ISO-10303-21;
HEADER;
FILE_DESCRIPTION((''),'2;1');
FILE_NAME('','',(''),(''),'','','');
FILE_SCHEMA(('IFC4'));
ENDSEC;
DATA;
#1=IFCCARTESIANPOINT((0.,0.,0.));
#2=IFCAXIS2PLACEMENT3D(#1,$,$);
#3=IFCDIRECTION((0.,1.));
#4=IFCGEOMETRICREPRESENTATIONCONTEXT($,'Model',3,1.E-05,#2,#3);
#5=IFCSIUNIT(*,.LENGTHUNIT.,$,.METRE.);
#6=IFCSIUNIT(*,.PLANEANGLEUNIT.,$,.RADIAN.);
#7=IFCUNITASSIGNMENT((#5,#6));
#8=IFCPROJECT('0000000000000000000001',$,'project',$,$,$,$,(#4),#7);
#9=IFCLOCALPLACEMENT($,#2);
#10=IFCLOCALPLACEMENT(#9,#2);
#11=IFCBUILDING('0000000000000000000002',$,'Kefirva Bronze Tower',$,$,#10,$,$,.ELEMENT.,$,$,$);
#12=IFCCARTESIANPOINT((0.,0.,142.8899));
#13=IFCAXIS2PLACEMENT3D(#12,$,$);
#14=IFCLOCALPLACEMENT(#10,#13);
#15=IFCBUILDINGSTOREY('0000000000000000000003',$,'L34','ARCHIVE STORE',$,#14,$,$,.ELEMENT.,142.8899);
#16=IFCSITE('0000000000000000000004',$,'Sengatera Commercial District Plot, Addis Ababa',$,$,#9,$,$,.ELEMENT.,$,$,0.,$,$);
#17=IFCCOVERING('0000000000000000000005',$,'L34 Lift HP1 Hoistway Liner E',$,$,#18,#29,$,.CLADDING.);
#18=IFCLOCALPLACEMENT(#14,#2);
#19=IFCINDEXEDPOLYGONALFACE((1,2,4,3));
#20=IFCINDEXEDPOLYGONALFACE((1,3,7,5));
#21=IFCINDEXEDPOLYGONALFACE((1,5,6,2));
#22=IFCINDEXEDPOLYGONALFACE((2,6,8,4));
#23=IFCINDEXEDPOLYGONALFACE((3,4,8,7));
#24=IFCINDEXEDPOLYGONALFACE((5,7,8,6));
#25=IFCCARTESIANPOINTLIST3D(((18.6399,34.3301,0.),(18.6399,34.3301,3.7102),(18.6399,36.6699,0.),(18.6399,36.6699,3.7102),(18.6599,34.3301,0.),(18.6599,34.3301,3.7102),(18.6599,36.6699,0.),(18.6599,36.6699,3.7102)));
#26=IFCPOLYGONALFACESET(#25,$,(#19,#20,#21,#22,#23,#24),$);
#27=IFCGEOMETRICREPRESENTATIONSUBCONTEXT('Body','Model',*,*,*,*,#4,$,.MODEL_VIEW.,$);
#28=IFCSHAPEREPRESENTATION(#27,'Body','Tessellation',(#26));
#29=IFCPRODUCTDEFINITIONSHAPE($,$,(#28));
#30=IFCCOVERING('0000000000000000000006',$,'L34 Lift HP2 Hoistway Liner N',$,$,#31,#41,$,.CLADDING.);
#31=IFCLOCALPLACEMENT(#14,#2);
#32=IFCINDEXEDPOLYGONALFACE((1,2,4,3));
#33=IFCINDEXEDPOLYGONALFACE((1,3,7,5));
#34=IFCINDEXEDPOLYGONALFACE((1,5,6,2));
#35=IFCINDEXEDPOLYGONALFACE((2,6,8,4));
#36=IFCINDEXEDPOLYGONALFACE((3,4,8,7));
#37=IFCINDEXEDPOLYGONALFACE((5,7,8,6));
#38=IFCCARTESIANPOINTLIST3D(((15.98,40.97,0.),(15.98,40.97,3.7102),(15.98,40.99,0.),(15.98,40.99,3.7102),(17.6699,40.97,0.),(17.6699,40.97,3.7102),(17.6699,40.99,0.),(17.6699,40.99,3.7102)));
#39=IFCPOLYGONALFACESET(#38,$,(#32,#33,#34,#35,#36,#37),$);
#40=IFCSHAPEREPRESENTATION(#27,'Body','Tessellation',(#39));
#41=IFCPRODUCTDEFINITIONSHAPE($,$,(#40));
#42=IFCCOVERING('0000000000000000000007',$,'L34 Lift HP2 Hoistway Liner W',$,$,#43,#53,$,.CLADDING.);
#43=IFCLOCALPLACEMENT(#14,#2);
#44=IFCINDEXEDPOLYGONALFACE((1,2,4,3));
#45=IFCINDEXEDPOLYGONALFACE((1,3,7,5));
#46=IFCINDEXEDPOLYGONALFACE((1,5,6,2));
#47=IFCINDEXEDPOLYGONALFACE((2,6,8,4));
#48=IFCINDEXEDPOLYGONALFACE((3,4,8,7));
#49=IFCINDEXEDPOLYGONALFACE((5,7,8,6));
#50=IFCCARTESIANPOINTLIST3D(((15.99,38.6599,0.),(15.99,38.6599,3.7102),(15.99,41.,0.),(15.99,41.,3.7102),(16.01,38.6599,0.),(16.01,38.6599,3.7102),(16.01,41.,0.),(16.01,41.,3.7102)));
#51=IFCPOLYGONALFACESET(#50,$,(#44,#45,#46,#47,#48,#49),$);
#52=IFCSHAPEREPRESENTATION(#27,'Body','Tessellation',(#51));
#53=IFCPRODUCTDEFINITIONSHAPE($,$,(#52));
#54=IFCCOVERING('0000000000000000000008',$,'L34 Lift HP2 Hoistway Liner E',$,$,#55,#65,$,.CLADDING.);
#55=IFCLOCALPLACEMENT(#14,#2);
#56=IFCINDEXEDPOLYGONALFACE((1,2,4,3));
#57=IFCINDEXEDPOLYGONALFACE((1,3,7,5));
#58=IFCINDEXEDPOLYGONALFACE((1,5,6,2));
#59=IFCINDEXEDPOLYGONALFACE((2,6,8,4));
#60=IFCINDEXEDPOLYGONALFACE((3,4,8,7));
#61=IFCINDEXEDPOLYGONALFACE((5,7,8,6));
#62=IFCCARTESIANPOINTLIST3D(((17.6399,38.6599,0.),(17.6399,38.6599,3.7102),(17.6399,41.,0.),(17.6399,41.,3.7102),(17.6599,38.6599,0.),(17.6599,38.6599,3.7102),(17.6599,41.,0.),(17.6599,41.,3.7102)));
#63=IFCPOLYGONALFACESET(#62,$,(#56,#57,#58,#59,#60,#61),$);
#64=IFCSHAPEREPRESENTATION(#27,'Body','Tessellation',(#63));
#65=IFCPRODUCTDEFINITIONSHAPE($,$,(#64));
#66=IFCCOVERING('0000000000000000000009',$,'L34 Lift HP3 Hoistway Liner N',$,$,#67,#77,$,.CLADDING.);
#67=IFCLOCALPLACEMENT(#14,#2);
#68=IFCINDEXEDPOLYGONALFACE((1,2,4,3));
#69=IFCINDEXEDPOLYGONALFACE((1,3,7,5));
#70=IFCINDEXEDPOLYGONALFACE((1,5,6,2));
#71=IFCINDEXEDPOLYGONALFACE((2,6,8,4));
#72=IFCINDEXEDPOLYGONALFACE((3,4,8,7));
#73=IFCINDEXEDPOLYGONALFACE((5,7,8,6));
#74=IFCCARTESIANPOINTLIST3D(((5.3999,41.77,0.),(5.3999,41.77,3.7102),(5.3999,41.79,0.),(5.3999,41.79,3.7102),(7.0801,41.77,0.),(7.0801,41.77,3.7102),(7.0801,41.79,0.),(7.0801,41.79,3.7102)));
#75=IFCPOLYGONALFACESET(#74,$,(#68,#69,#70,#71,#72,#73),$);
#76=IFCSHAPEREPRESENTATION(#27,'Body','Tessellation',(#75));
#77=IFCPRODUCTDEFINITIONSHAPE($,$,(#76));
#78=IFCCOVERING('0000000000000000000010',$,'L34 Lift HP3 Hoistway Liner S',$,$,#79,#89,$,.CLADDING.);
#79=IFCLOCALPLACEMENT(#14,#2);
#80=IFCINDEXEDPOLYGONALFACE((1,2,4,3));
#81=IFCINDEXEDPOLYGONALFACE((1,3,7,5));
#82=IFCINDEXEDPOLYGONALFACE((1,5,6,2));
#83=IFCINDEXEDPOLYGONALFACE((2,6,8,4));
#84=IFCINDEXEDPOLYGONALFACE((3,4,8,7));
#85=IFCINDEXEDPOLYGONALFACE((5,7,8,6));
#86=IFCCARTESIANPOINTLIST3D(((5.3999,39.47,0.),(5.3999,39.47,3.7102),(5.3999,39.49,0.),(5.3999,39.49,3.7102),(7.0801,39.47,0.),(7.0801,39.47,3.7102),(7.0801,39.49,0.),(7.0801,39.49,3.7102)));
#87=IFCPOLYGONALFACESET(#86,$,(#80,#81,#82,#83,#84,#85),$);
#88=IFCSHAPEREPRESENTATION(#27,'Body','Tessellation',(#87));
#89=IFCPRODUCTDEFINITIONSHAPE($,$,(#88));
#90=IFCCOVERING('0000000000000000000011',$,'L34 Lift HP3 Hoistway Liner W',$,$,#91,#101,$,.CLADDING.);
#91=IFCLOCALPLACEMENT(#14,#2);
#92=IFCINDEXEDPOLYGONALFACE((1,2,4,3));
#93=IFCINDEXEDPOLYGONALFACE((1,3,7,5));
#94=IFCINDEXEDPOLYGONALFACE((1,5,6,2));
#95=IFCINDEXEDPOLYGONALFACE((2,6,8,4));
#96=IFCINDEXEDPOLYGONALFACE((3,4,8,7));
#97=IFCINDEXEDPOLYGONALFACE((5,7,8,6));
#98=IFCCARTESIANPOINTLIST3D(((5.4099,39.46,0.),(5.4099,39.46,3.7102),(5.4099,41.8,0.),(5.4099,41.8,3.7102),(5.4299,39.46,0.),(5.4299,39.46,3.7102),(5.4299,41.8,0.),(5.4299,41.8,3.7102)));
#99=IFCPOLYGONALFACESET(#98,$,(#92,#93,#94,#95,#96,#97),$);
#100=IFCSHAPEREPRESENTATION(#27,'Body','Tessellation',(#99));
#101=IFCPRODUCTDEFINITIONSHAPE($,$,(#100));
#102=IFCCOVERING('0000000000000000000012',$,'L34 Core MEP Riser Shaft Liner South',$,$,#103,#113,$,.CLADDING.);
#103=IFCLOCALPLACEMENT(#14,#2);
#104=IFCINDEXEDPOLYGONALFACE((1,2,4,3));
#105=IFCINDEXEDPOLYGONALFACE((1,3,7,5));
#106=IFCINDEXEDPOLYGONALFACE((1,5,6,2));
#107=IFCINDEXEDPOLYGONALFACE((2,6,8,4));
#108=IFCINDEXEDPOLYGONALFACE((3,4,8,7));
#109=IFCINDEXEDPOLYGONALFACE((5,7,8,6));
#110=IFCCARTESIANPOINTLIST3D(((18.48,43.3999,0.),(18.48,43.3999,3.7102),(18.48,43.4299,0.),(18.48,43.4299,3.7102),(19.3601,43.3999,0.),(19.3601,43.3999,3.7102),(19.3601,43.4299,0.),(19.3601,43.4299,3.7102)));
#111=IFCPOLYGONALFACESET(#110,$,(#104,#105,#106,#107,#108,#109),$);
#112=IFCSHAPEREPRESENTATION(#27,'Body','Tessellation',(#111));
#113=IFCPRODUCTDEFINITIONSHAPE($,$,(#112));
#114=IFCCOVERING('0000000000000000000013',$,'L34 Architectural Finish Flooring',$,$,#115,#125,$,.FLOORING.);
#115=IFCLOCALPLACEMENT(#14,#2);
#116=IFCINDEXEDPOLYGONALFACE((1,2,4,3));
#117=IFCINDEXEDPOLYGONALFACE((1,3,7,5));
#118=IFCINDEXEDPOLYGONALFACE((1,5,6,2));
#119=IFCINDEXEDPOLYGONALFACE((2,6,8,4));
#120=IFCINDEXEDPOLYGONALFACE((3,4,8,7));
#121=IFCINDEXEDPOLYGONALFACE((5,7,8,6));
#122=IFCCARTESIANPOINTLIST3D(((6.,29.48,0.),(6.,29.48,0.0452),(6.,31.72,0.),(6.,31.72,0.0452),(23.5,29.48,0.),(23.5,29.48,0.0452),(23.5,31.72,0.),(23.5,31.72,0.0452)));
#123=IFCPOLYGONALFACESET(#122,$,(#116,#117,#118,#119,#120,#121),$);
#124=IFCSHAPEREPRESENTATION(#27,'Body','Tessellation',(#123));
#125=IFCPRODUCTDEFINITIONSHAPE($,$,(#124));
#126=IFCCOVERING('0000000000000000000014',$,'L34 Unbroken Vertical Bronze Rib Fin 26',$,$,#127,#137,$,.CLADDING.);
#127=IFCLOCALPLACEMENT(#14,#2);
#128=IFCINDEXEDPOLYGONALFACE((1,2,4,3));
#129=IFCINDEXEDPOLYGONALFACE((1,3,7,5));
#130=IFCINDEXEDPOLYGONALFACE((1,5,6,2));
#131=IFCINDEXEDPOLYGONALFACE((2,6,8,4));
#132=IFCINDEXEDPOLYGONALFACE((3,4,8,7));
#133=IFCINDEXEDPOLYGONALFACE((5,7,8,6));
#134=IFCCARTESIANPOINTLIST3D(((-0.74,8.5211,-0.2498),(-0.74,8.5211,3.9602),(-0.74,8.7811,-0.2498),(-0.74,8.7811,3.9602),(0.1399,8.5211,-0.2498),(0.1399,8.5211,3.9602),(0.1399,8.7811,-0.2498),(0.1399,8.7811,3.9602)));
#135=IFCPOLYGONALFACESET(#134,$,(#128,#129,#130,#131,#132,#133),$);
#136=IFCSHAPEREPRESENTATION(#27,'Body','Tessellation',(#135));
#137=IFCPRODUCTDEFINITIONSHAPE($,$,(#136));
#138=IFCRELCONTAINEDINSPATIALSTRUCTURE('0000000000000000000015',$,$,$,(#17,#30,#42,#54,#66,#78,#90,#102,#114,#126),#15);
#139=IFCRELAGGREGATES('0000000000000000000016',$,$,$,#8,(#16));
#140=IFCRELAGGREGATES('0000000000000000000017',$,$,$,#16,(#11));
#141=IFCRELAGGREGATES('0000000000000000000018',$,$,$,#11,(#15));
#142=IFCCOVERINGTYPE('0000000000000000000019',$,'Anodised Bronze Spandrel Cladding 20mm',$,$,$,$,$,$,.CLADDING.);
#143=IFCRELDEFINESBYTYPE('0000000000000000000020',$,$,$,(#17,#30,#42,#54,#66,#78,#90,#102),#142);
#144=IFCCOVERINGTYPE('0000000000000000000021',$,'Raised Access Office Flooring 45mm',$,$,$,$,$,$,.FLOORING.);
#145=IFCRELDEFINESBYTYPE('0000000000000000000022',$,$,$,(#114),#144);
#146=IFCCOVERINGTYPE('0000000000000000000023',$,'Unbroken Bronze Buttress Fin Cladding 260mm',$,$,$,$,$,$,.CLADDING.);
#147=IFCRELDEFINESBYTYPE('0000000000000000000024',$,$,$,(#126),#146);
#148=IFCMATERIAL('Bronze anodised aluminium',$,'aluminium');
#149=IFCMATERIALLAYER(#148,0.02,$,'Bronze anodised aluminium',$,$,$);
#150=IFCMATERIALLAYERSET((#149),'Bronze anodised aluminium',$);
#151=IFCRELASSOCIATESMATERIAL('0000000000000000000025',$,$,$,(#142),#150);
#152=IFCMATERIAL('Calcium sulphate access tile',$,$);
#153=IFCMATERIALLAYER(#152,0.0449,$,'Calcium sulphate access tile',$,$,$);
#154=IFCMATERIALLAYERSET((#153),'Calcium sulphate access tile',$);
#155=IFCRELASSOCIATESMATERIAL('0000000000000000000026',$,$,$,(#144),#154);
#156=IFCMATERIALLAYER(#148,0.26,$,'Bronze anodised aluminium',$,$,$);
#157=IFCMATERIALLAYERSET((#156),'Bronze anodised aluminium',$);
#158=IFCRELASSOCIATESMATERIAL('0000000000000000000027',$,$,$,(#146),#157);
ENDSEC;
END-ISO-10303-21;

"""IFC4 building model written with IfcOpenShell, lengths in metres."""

from ifc_helpers import new_model, si_unit, direction, frame, origin, origin_2d, place, context, subcontext, project, spatial, polyline, rectangle, outline, extrude, material, layer, layer_set, type_object, element, save


model = new_model("IFC4")

# Units and contexts
model_context = context("Model", 3, precision=1e-05, world=origin(), true_north=direction((0.0, 1.0)))
body_context = subcontext(model_context, "Body", "Model", "MODEL_VIEW")
ifc_project = project(units=[si_unit("LENGTHUNIT", "METRE"), si_unit("PLANEANGLEUNIT", "RADIAN")], contexts=[model_context])

# Site, building, storey
site_placement = place(None, origin())
site = spatial("IfcSite", under=ifc_project, at=site_placement, Name="Sengatera Commercial District Plot, Addis Ababa", CompositionType="ELEMENT", RefElevation=0.0)
building_placement = place(site_placement, origin())
building = spatial("IfcBuilding", under=site, at=building_placement, Name="Kefirva Bronze Tower", CompositionType="ELEMENT")
storey_placement = place(building_placement, frame((0.0, 0.0, 142.8899)))
storey = spatial("IfcBuildingStorey", under=building, at=storey_placement, Name="L34", Description="ARCHIVE STORE", CompositionType="ELEMENT", Elevation=142.8899)

# Shared definitions
ifc_material_1 = material(Name="Bronze anodised aluminium", Category="aluminium")

# Coverings
ifc_layer_1 = layer(ifc_material_1, 0.02, Name="Bronze anodised aluminium")
ifc_layer_set_1 = layer_set([ifc_layer_1], Name="Bronze anodised aluminium")
covering_type_1 = type_object("IfcCoveringType", Name="Anodised Bronze Spandrel Cladding 20mm", PredefinedType="CLADDING", material=ifc_layer_set_1)
covering_1_placement = place(storey_placement, origin())
element("IfcCovering", 1, at=covering_1_placement, inside=storey, type_object=covering_type_1, Name="L34 Lift HP1 Hoistway Liner E", PredefinedType="CLADDING", context=body_context, shape_type="SweptSolid", body=[
    extrude(outline(polyline([(18.6399, 34.3301), (18.6599, 34.3301), (18.6599, 36.6699), (18.6399, 36.6699), (18.6399, 34.3301)])), origin(), (0.0, 0.0, 1.0), 3.7102),
])
covering_2_placement = place(storey_placement, origin())
element("IfcCovering", 2, at=covering_2_placement, inside=storey, type_object=covering_type_1, Name="L34 Lift HP2 Hoistway Liner N", PredefinedType="CLADDING", context=body_context, shape_type="SweptSolid", body=[
    extrude(outline(polyline([(15.98, 40.97), (17.6699, 40.97), (17.6699, 40.99), (15.98, 40.99), (15.98, 40.97)])), origin(), (0.0, 0.0, 1.0), 3.7102),
])
covering_3_placement = place(storey_placement, origin())
element("IfcCovering", 3, at=covering_3_placement, inside=storey, type_object=covering_type_1, Name="L34 Lift HP2 Hoistway Liner W", PredefinedType="CLADDING", context=body_context, shape_type="SweptSolid", body=[
    extrude(outline(polyline([(15.99, 38.6599), (16.01, 38.6599), (16.01, 41.0), (15.99, 41.0), (15.99, 38.6599)])), origin(), (0.0, 0.0, 1.0), 3.7102),
])
covering_4_placement = place(storey_placement, origin())
element("IfcCovering", 4, at=covering_4_placement, inside=storey, type_object=covering_type_1, Name="L34 Lift HP2 Hoistway Liner E", PredefinedType="CLADDING", context=body_context, shape_type="SweptSolid", body=[
    extrude(outline(polyline([(17.6399, 38.6599), (17.6599, 38.6599), (17.6599, 41.0), (17.6399, 41.0), (17.6399, 38.6599)])), origin(), (0.0, 0.0, 1.0), 3.7102),
])
covering_5_placement = place(storey_placement, origin())
element("IfcCovering", 5, at=covering_5_placement, inside=storey, type_object=covering_type_1, Name="L34 Lift HP3 Hoistway Liner N", PredefinedType="CLADDING", context=body_context, shape_type="SweptSolid", body=[
    extrude(outline(polyline([(5.3999, 41.77), (7.0801, 41.77), (7.0801, 41.79), (5.3999, 41.79), (5.3999, 41.77)])), origin(), (0.0, 0.0, 1.0), 3.7102),
])
covering_6_placement = place(storey_placement, origin())
element("IfcCovering", 6, at=covering_6_placement, inside=storey, type_object=covering_type_1, Name="L34 Lift HP3 Hoistway Liner S", PredefinedType="CLADDING", context=body_context, shape_type="SweptSolid", body=[
    extrude(outline(polyline([(5.3999, 39.47), (7.0801, 39.47), (7.0801, 39.49), (5.3999, 39.49), (5.3999, 39.47)])), origin(), (0.0, 0.0, 1.0), 3.7102),
])
covering_7_placement = place(storey_placement, origin())
element("IfcCovering", 7, at=covering_7_placement, inside=storey, type_object=covering_type_1, Name="L34 Lift HP3 Hoistway Liner W", PredefinedType="CLADDING", context=body_context, shape_type="SweptSolid", body=[
    extrude(outline(polyline([(5.4099, 39.46), (5.4299, 39.46), (5.4299, 41.8), (5.4099, 41.8), (5.4099, 39.46)])), origin(), (0.0, 0.0, 1.0), 3.7102),
])
covering_8_placement = place(storey_placement, origin())
element("IfcCovering", 8, at=covering_8_placement, inside=storey, type_object=covering_type_1, Name="L34 Core MEP Riser Shaft Liner South", PredefinedType="CLADDING", context=body_context, shape_type="SweptSolid", body=[
    extrude(outline(polyline([(18.48, 43.3999), (19.3601, 43.3999), (19.3601, 43.4299), (18.48, 43.4299), (18.48, 43.3999)])), origin(), (0.0, 0.0, 1.0), 3.7102),
])
ifc_material_2 = material(Name="Calcium sulphate access tile")
ifc_layer_2 = layer(ifc_material_2, 0.0449, Name="Calcium sulphate access tile")
ifc_layer_set_2 = layer_set([ifc_layer_2], Name="Calcium sulphate access tile")
covering_type_2 = type_object("IfcCoveringType", Name="Raised Access Office Flooring 45mm", PredefinedType="FLOORING", material=ifc_layer_set_2)
covering_9_placement = place(storey_placement, origin())
element("IfcCovering", 9, at=covering_9_placement, inside=storey, type_object=covering_type_2, Name="L34 Architectural Finish Flooring", PredefinedType="FLOORING", context=body_context, shape_type="SweptSolid", body=[
    extrude(outline(polyline([(6.0, 29.48), (23.5, 29.48), (23.5, 31.72), (6.0, 31.72), (6.0, 29.48)])), origin(), (0.0, 0.0, 1.0), 0.0452),
])
ifc_layer_3 = layer(ifc_material_1, 0.26, Name="Bronze anodised aluminium")
ifc_layer_set_3 = layer_set([ifc_layer_3], Name="Bronze anodised aluminium")
covering_type_3 = type_object("IfcCoveringType", Name="Unbroken Bronze Buttress Fin Cladding 260mm", PredefinedType="CLADDING", material=ifc_layer_set_3)
covering_10_placement = place(storey_placement, frame((-0.3, 8.6511, -0.2498), z_axis=(0.0, 0.0, 1.0), x_axis=(0.0, -1.0, 0.0)))
element("IfcCovering", 10, at=covering_10_placement, inside=storey, type_object=covering_type_3, Name="L34 Unbroken Vertical Bronze Rib Fin 26", PredefinedType="CLADDING", context=body_context, shape_type="SweptSolid", body=[
    extrude(rectangle(XDim=0.26, YDim=0.8799, at=origin_2d()), origin(), (0.0, 0.0, 1.0), 4.21),
])

save(model, "model.ifc")
